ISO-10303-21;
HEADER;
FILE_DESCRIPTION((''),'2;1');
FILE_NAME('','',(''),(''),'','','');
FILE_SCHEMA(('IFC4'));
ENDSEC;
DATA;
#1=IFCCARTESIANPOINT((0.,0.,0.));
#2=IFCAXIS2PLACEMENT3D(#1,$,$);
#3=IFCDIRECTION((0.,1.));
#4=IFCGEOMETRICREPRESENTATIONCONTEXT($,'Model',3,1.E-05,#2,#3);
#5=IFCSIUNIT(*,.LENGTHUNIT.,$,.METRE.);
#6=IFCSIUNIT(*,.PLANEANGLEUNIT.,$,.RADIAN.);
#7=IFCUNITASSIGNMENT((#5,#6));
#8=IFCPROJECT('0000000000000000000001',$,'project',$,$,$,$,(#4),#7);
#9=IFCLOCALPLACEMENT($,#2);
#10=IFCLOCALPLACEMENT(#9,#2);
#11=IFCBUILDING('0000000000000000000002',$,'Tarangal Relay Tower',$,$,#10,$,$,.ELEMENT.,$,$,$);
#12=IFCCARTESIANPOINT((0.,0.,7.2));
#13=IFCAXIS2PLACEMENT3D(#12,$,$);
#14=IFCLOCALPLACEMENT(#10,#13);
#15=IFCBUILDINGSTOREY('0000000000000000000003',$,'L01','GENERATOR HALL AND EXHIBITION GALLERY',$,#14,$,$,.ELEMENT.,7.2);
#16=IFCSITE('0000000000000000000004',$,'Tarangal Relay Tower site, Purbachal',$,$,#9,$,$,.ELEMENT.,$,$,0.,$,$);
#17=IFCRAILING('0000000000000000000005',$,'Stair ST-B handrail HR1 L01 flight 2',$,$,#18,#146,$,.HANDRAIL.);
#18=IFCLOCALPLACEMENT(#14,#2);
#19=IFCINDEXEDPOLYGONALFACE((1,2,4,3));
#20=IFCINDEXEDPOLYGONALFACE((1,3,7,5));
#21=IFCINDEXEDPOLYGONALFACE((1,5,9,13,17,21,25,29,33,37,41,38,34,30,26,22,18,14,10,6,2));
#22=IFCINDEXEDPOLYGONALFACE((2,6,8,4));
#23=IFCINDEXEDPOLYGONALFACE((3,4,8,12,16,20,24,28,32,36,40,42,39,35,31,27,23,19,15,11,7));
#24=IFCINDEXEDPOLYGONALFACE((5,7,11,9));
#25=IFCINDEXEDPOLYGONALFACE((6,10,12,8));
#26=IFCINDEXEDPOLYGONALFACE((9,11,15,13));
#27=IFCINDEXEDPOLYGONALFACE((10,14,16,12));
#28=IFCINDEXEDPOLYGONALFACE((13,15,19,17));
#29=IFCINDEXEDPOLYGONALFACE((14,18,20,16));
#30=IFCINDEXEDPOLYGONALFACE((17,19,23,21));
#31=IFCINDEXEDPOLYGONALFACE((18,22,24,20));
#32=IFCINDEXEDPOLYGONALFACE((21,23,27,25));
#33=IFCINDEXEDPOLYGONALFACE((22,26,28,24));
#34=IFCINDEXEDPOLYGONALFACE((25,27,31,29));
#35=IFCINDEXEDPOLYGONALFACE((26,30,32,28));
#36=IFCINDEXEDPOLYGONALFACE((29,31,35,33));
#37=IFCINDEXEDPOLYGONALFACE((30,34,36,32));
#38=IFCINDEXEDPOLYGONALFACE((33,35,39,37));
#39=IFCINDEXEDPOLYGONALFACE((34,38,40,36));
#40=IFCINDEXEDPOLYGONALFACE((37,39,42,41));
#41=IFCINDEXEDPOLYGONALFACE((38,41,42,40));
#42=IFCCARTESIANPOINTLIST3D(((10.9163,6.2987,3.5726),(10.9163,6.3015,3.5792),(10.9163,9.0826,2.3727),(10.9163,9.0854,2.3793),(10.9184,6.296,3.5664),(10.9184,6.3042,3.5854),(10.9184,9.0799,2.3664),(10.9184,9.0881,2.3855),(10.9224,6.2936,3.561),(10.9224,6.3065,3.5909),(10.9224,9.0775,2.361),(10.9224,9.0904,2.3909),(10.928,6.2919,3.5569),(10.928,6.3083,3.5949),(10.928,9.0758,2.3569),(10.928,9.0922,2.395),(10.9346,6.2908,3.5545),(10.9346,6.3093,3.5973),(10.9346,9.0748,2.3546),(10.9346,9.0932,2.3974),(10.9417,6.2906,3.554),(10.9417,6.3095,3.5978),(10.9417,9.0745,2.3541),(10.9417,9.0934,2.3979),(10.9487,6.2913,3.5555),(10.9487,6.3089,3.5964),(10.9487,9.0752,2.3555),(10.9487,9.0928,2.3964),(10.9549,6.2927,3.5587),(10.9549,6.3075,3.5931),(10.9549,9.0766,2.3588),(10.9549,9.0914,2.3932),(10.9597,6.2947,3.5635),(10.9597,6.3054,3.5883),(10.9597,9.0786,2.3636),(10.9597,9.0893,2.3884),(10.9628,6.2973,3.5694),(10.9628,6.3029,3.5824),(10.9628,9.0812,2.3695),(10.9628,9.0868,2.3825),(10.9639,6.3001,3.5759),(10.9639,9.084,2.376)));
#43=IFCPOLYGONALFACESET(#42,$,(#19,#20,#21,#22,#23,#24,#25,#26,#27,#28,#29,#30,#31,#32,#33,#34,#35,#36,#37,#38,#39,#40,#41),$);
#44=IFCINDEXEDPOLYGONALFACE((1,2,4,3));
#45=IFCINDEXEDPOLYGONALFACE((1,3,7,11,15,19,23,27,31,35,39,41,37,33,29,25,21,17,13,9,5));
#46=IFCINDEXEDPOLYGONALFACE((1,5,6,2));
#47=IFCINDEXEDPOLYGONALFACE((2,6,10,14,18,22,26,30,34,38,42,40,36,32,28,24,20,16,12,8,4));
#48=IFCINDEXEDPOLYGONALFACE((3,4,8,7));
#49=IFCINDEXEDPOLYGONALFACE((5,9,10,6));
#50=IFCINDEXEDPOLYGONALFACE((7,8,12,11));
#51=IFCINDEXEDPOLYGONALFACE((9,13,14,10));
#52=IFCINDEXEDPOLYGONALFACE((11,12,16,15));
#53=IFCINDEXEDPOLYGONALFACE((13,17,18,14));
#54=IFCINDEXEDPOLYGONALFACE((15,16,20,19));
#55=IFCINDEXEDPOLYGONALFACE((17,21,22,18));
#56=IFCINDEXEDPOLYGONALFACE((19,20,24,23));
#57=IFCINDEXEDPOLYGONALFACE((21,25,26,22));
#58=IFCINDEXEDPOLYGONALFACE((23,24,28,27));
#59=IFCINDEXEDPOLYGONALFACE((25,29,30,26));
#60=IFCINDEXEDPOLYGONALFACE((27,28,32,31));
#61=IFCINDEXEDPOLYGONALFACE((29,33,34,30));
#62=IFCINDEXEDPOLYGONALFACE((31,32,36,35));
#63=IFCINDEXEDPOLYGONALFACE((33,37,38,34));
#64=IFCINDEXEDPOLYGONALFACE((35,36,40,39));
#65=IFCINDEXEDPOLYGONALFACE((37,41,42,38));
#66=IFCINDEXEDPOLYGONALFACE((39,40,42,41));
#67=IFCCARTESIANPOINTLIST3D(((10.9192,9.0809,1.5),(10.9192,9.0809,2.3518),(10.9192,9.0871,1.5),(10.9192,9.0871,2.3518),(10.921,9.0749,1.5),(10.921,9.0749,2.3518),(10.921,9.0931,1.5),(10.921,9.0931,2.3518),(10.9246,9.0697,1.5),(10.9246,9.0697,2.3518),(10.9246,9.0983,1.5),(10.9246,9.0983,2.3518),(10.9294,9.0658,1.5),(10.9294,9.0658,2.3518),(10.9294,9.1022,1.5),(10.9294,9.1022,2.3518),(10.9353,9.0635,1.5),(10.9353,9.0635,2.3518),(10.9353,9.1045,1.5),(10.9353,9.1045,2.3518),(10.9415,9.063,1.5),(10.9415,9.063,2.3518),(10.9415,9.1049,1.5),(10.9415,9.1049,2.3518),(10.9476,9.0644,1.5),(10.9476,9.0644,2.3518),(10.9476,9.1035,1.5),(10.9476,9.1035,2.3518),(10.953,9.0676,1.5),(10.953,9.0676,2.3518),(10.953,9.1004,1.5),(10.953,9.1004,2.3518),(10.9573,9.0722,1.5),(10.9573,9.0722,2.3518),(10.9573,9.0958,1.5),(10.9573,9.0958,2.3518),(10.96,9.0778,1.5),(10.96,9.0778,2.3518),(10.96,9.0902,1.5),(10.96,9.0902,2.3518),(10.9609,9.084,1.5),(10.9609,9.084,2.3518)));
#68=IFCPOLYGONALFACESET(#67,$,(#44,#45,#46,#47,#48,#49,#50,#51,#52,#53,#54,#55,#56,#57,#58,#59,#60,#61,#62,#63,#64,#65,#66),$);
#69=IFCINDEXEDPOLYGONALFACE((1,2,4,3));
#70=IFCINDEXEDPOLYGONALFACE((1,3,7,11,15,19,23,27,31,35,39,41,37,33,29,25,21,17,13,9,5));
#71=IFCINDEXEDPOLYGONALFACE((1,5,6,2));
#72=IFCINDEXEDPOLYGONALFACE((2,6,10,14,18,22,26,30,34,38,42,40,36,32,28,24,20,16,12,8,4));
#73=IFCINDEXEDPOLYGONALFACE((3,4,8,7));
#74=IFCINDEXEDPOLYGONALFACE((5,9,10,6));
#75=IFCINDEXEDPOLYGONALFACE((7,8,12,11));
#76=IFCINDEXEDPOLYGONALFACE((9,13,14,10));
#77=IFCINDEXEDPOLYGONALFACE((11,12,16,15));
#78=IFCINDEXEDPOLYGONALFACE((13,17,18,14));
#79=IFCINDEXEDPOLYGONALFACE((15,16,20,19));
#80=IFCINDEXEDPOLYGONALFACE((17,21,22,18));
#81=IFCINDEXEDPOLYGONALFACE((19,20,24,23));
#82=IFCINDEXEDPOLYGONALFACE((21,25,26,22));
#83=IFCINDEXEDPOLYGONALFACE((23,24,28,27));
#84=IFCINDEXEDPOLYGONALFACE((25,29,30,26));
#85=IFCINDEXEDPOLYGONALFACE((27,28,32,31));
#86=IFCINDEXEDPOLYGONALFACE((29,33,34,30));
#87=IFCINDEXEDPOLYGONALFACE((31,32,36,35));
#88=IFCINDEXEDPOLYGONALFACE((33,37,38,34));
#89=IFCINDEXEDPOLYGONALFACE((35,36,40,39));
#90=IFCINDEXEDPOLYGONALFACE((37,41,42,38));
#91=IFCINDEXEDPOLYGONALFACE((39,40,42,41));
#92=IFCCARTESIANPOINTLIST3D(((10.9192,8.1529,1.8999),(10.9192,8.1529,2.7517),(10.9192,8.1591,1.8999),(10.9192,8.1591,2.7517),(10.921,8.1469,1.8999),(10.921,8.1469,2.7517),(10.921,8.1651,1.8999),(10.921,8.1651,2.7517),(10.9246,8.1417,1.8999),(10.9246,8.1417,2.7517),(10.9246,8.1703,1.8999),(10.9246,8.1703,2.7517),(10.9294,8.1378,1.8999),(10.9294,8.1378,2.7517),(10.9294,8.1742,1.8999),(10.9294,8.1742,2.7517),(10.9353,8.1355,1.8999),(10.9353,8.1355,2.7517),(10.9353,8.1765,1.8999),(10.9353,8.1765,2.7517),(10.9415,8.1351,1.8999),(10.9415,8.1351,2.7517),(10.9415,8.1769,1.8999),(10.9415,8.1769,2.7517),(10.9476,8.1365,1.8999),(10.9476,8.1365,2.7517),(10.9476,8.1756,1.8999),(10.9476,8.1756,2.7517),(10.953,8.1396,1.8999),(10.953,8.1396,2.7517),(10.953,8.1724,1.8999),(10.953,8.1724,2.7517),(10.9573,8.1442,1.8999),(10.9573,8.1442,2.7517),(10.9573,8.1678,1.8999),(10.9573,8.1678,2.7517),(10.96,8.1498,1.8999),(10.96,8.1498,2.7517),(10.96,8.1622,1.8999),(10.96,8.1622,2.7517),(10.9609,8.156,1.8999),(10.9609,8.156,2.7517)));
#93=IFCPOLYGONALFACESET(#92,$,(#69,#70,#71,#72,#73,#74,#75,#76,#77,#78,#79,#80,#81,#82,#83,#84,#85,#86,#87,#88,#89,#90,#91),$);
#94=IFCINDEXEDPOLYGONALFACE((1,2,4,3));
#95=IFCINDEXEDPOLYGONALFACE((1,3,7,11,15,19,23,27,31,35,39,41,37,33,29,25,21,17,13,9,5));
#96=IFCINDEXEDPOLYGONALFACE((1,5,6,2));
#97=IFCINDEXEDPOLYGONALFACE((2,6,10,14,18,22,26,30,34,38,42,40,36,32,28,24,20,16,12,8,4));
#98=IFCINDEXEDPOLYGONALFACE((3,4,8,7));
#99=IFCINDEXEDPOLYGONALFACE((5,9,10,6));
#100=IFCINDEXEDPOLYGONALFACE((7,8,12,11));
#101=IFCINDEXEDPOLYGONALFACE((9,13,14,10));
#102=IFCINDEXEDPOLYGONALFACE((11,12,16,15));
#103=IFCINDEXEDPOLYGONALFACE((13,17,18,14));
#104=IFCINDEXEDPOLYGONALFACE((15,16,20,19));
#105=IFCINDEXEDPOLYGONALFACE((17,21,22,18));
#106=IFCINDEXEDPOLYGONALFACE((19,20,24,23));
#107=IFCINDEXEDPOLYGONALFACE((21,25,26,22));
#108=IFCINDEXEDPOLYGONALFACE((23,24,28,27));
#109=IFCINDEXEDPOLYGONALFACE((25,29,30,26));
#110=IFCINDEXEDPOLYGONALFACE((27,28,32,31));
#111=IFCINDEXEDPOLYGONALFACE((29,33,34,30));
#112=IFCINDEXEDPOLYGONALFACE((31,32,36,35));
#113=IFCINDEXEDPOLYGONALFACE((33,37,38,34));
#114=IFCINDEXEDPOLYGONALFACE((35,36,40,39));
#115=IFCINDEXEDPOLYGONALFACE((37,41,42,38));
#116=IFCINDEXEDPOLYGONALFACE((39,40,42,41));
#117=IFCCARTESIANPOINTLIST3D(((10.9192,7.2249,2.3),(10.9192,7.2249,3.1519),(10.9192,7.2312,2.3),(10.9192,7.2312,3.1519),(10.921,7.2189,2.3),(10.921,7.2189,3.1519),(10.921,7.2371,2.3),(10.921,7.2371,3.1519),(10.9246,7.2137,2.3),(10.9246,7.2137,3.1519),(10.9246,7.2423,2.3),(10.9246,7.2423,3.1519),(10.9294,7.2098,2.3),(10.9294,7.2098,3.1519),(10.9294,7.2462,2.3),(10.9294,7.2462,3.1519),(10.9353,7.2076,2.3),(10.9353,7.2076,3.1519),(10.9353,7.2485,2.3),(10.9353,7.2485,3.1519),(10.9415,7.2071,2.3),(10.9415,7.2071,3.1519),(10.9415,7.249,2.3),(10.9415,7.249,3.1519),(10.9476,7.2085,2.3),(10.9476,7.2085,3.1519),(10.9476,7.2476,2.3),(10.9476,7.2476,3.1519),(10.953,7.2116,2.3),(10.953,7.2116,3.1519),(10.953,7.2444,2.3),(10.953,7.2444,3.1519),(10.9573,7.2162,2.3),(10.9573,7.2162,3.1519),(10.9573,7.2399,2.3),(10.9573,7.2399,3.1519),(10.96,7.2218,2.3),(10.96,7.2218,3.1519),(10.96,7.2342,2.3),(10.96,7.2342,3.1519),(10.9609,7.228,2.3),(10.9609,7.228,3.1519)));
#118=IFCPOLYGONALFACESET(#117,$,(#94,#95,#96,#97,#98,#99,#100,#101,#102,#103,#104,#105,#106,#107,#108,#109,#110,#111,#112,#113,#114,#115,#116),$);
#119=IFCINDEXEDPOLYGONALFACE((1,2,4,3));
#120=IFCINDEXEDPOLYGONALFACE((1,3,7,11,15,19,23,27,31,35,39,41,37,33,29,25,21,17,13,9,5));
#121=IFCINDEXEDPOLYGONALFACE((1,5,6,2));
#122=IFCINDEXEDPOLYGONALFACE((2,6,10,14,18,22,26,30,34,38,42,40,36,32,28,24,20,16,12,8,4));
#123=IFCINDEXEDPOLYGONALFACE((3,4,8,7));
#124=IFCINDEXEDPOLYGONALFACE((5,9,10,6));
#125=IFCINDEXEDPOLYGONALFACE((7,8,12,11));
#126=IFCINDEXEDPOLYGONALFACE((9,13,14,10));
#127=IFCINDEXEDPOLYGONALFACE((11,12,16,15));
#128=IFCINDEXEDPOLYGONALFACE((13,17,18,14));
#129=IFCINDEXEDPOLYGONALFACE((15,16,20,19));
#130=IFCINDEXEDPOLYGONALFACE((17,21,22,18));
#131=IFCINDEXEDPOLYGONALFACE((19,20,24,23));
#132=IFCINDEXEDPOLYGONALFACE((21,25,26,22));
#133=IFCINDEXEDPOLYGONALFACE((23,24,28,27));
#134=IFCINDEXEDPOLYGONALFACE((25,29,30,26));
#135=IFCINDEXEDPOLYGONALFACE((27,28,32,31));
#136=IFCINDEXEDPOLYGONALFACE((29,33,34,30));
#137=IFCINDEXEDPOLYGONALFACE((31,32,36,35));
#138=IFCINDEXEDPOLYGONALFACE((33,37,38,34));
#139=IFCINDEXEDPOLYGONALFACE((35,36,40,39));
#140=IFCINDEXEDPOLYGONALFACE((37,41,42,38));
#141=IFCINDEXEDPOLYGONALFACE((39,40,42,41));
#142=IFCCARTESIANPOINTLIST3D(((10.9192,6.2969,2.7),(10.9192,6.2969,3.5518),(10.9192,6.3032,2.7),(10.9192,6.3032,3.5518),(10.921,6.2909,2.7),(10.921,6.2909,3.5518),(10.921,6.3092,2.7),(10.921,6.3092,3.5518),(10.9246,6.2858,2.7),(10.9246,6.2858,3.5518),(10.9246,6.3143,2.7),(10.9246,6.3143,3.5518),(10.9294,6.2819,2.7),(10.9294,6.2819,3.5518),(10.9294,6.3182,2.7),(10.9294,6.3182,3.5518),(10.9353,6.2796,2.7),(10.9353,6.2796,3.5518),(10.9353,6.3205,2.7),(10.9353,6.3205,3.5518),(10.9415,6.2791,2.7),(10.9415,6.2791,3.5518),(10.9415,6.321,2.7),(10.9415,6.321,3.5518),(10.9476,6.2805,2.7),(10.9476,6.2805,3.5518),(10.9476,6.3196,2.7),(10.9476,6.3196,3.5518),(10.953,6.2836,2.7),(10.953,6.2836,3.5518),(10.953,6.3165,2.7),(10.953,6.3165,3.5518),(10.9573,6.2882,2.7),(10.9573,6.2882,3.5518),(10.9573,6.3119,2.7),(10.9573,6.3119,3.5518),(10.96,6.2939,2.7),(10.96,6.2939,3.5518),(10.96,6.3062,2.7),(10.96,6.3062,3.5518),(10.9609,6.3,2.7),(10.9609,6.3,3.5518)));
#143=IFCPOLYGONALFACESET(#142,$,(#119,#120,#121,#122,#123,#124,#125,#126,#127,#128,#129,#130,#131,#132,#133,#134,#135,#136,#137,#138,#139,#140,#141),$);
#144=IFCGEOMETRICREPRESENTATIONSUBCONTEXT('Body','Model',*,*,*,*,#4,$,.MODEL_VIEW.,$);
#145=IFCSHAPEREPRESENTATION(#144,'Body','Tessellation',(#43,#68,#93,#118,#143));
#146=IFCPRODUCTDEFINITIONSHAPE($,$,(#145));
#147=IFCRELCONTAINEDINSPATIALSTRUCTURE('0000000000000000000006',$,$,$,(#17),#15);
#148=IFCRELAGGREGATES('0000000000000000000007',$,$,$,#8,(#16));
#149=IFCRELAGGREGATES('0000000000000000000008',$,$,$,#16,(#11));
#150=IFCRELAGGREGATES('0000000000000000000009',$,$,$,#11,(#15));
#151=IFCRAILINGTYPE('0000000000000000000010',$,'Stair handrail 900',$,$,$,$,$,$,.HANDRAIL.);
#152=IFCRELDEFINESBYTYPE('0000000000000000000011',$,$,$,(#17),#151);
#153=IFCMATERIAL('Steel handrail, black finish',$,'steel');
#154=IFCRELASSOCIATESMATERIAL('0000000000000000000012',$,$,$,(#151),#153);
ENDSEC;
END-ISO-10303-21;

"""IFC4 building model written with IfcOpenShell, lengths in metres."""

from ifc_helpers import new_model, si_unit, direction, frame, origin, origin_2d, place, context, subcontext, project, spatial, circle, extrude, material, type_object, element, save


model = new_model("IFC4")

# Units and contexts
model_context = context("Model", 3, precision=1e-05, world=origin(), true_north=direction((0.0, 1.0)))
body_context = subcontext(model_context, "Body", "Model", "MODEL_VIEW")
ifc_project = project(units=[si_unit("LENGTHUNIT", "METRE"), si_unit("PLANEANGLEUNIT", "RADIAN")], contexts=[model_context])

# Site, building, storey
site_placement = place(None, origin())
site = spatial("IfcSite", under=ifc_project, at=site_placement, Name="Tarangal Relay Tower site, Purbachal", CompositionType="ELEMENT", RefElevation=0.0)
building_placement = place(site_placement, origin())
building = spatial("IfcBuilding", under=site, at=building_placement, Name="Tarangal Relay Tower", CompositionType="ELEMENT")
storey_placement = place(building_placement, frame((0.0, 0.0, 7.2)))
storey = spatial("IfcBuildingStorey", under=building, at=storey_placement, Name="L01", Description="GENERATOR HALL AND EXHIBITION GALLERY", CompositionType="ELEMENT", Elevation=7.2)

# Railing
ifc_material_1 = material(Name="Steel handrail, black finish", Category="steel")
railing_type_1 = type_object("IfcRailingType", Name="Stair handrail 900", PredefinedType="HANDRAIL", material=ifc_material_1)
railing_1_placement = place(storey_placement, frame((10.9399, 9.084, 1.5)))
element("IfcRailing", 1, at=railing_1_placement, inside=storey, type_object=railing_type_1, Name="Stair ST-B handrail HR1 L01 flight 2", PredefinedType="HANDRAIL", context=body_context, shape_type="SweptSolid", body=[
    extrude(circle(Radius=0.0239, at=origin_2d()), frame((0.0, 0.0, 0.876), z_axis=(0.0, -0.918327, 0.395823), x_axis=(1.0, 0.0, 0.0)), (0.0, 0.0, 1.0), 3.0315),
    extrude(circle(Radius=0.021, at=origin_2d()), origin(), (0.0, 0.0, 1.0), 0.8518),
    extrude(circle(Radius=0.021, at=origin_2d()), frame((0.0, -0.928, 0.3999)), (0.0, 0.0, 1.0), 0.8518),
    extrude(circle(Radius=0.021, at=origin_2d()), frame((0.0, -1.856, 0.8)), (0.0, 0.0, 1.0), 0.8518),
    extrude(circle(Radius=0.021, at=origin_2d()), frame((0.0, -2.7839, 1.2)), (0.0, 0.0, 1.0), 0.8518),
])

save(model, "model.ifc")
